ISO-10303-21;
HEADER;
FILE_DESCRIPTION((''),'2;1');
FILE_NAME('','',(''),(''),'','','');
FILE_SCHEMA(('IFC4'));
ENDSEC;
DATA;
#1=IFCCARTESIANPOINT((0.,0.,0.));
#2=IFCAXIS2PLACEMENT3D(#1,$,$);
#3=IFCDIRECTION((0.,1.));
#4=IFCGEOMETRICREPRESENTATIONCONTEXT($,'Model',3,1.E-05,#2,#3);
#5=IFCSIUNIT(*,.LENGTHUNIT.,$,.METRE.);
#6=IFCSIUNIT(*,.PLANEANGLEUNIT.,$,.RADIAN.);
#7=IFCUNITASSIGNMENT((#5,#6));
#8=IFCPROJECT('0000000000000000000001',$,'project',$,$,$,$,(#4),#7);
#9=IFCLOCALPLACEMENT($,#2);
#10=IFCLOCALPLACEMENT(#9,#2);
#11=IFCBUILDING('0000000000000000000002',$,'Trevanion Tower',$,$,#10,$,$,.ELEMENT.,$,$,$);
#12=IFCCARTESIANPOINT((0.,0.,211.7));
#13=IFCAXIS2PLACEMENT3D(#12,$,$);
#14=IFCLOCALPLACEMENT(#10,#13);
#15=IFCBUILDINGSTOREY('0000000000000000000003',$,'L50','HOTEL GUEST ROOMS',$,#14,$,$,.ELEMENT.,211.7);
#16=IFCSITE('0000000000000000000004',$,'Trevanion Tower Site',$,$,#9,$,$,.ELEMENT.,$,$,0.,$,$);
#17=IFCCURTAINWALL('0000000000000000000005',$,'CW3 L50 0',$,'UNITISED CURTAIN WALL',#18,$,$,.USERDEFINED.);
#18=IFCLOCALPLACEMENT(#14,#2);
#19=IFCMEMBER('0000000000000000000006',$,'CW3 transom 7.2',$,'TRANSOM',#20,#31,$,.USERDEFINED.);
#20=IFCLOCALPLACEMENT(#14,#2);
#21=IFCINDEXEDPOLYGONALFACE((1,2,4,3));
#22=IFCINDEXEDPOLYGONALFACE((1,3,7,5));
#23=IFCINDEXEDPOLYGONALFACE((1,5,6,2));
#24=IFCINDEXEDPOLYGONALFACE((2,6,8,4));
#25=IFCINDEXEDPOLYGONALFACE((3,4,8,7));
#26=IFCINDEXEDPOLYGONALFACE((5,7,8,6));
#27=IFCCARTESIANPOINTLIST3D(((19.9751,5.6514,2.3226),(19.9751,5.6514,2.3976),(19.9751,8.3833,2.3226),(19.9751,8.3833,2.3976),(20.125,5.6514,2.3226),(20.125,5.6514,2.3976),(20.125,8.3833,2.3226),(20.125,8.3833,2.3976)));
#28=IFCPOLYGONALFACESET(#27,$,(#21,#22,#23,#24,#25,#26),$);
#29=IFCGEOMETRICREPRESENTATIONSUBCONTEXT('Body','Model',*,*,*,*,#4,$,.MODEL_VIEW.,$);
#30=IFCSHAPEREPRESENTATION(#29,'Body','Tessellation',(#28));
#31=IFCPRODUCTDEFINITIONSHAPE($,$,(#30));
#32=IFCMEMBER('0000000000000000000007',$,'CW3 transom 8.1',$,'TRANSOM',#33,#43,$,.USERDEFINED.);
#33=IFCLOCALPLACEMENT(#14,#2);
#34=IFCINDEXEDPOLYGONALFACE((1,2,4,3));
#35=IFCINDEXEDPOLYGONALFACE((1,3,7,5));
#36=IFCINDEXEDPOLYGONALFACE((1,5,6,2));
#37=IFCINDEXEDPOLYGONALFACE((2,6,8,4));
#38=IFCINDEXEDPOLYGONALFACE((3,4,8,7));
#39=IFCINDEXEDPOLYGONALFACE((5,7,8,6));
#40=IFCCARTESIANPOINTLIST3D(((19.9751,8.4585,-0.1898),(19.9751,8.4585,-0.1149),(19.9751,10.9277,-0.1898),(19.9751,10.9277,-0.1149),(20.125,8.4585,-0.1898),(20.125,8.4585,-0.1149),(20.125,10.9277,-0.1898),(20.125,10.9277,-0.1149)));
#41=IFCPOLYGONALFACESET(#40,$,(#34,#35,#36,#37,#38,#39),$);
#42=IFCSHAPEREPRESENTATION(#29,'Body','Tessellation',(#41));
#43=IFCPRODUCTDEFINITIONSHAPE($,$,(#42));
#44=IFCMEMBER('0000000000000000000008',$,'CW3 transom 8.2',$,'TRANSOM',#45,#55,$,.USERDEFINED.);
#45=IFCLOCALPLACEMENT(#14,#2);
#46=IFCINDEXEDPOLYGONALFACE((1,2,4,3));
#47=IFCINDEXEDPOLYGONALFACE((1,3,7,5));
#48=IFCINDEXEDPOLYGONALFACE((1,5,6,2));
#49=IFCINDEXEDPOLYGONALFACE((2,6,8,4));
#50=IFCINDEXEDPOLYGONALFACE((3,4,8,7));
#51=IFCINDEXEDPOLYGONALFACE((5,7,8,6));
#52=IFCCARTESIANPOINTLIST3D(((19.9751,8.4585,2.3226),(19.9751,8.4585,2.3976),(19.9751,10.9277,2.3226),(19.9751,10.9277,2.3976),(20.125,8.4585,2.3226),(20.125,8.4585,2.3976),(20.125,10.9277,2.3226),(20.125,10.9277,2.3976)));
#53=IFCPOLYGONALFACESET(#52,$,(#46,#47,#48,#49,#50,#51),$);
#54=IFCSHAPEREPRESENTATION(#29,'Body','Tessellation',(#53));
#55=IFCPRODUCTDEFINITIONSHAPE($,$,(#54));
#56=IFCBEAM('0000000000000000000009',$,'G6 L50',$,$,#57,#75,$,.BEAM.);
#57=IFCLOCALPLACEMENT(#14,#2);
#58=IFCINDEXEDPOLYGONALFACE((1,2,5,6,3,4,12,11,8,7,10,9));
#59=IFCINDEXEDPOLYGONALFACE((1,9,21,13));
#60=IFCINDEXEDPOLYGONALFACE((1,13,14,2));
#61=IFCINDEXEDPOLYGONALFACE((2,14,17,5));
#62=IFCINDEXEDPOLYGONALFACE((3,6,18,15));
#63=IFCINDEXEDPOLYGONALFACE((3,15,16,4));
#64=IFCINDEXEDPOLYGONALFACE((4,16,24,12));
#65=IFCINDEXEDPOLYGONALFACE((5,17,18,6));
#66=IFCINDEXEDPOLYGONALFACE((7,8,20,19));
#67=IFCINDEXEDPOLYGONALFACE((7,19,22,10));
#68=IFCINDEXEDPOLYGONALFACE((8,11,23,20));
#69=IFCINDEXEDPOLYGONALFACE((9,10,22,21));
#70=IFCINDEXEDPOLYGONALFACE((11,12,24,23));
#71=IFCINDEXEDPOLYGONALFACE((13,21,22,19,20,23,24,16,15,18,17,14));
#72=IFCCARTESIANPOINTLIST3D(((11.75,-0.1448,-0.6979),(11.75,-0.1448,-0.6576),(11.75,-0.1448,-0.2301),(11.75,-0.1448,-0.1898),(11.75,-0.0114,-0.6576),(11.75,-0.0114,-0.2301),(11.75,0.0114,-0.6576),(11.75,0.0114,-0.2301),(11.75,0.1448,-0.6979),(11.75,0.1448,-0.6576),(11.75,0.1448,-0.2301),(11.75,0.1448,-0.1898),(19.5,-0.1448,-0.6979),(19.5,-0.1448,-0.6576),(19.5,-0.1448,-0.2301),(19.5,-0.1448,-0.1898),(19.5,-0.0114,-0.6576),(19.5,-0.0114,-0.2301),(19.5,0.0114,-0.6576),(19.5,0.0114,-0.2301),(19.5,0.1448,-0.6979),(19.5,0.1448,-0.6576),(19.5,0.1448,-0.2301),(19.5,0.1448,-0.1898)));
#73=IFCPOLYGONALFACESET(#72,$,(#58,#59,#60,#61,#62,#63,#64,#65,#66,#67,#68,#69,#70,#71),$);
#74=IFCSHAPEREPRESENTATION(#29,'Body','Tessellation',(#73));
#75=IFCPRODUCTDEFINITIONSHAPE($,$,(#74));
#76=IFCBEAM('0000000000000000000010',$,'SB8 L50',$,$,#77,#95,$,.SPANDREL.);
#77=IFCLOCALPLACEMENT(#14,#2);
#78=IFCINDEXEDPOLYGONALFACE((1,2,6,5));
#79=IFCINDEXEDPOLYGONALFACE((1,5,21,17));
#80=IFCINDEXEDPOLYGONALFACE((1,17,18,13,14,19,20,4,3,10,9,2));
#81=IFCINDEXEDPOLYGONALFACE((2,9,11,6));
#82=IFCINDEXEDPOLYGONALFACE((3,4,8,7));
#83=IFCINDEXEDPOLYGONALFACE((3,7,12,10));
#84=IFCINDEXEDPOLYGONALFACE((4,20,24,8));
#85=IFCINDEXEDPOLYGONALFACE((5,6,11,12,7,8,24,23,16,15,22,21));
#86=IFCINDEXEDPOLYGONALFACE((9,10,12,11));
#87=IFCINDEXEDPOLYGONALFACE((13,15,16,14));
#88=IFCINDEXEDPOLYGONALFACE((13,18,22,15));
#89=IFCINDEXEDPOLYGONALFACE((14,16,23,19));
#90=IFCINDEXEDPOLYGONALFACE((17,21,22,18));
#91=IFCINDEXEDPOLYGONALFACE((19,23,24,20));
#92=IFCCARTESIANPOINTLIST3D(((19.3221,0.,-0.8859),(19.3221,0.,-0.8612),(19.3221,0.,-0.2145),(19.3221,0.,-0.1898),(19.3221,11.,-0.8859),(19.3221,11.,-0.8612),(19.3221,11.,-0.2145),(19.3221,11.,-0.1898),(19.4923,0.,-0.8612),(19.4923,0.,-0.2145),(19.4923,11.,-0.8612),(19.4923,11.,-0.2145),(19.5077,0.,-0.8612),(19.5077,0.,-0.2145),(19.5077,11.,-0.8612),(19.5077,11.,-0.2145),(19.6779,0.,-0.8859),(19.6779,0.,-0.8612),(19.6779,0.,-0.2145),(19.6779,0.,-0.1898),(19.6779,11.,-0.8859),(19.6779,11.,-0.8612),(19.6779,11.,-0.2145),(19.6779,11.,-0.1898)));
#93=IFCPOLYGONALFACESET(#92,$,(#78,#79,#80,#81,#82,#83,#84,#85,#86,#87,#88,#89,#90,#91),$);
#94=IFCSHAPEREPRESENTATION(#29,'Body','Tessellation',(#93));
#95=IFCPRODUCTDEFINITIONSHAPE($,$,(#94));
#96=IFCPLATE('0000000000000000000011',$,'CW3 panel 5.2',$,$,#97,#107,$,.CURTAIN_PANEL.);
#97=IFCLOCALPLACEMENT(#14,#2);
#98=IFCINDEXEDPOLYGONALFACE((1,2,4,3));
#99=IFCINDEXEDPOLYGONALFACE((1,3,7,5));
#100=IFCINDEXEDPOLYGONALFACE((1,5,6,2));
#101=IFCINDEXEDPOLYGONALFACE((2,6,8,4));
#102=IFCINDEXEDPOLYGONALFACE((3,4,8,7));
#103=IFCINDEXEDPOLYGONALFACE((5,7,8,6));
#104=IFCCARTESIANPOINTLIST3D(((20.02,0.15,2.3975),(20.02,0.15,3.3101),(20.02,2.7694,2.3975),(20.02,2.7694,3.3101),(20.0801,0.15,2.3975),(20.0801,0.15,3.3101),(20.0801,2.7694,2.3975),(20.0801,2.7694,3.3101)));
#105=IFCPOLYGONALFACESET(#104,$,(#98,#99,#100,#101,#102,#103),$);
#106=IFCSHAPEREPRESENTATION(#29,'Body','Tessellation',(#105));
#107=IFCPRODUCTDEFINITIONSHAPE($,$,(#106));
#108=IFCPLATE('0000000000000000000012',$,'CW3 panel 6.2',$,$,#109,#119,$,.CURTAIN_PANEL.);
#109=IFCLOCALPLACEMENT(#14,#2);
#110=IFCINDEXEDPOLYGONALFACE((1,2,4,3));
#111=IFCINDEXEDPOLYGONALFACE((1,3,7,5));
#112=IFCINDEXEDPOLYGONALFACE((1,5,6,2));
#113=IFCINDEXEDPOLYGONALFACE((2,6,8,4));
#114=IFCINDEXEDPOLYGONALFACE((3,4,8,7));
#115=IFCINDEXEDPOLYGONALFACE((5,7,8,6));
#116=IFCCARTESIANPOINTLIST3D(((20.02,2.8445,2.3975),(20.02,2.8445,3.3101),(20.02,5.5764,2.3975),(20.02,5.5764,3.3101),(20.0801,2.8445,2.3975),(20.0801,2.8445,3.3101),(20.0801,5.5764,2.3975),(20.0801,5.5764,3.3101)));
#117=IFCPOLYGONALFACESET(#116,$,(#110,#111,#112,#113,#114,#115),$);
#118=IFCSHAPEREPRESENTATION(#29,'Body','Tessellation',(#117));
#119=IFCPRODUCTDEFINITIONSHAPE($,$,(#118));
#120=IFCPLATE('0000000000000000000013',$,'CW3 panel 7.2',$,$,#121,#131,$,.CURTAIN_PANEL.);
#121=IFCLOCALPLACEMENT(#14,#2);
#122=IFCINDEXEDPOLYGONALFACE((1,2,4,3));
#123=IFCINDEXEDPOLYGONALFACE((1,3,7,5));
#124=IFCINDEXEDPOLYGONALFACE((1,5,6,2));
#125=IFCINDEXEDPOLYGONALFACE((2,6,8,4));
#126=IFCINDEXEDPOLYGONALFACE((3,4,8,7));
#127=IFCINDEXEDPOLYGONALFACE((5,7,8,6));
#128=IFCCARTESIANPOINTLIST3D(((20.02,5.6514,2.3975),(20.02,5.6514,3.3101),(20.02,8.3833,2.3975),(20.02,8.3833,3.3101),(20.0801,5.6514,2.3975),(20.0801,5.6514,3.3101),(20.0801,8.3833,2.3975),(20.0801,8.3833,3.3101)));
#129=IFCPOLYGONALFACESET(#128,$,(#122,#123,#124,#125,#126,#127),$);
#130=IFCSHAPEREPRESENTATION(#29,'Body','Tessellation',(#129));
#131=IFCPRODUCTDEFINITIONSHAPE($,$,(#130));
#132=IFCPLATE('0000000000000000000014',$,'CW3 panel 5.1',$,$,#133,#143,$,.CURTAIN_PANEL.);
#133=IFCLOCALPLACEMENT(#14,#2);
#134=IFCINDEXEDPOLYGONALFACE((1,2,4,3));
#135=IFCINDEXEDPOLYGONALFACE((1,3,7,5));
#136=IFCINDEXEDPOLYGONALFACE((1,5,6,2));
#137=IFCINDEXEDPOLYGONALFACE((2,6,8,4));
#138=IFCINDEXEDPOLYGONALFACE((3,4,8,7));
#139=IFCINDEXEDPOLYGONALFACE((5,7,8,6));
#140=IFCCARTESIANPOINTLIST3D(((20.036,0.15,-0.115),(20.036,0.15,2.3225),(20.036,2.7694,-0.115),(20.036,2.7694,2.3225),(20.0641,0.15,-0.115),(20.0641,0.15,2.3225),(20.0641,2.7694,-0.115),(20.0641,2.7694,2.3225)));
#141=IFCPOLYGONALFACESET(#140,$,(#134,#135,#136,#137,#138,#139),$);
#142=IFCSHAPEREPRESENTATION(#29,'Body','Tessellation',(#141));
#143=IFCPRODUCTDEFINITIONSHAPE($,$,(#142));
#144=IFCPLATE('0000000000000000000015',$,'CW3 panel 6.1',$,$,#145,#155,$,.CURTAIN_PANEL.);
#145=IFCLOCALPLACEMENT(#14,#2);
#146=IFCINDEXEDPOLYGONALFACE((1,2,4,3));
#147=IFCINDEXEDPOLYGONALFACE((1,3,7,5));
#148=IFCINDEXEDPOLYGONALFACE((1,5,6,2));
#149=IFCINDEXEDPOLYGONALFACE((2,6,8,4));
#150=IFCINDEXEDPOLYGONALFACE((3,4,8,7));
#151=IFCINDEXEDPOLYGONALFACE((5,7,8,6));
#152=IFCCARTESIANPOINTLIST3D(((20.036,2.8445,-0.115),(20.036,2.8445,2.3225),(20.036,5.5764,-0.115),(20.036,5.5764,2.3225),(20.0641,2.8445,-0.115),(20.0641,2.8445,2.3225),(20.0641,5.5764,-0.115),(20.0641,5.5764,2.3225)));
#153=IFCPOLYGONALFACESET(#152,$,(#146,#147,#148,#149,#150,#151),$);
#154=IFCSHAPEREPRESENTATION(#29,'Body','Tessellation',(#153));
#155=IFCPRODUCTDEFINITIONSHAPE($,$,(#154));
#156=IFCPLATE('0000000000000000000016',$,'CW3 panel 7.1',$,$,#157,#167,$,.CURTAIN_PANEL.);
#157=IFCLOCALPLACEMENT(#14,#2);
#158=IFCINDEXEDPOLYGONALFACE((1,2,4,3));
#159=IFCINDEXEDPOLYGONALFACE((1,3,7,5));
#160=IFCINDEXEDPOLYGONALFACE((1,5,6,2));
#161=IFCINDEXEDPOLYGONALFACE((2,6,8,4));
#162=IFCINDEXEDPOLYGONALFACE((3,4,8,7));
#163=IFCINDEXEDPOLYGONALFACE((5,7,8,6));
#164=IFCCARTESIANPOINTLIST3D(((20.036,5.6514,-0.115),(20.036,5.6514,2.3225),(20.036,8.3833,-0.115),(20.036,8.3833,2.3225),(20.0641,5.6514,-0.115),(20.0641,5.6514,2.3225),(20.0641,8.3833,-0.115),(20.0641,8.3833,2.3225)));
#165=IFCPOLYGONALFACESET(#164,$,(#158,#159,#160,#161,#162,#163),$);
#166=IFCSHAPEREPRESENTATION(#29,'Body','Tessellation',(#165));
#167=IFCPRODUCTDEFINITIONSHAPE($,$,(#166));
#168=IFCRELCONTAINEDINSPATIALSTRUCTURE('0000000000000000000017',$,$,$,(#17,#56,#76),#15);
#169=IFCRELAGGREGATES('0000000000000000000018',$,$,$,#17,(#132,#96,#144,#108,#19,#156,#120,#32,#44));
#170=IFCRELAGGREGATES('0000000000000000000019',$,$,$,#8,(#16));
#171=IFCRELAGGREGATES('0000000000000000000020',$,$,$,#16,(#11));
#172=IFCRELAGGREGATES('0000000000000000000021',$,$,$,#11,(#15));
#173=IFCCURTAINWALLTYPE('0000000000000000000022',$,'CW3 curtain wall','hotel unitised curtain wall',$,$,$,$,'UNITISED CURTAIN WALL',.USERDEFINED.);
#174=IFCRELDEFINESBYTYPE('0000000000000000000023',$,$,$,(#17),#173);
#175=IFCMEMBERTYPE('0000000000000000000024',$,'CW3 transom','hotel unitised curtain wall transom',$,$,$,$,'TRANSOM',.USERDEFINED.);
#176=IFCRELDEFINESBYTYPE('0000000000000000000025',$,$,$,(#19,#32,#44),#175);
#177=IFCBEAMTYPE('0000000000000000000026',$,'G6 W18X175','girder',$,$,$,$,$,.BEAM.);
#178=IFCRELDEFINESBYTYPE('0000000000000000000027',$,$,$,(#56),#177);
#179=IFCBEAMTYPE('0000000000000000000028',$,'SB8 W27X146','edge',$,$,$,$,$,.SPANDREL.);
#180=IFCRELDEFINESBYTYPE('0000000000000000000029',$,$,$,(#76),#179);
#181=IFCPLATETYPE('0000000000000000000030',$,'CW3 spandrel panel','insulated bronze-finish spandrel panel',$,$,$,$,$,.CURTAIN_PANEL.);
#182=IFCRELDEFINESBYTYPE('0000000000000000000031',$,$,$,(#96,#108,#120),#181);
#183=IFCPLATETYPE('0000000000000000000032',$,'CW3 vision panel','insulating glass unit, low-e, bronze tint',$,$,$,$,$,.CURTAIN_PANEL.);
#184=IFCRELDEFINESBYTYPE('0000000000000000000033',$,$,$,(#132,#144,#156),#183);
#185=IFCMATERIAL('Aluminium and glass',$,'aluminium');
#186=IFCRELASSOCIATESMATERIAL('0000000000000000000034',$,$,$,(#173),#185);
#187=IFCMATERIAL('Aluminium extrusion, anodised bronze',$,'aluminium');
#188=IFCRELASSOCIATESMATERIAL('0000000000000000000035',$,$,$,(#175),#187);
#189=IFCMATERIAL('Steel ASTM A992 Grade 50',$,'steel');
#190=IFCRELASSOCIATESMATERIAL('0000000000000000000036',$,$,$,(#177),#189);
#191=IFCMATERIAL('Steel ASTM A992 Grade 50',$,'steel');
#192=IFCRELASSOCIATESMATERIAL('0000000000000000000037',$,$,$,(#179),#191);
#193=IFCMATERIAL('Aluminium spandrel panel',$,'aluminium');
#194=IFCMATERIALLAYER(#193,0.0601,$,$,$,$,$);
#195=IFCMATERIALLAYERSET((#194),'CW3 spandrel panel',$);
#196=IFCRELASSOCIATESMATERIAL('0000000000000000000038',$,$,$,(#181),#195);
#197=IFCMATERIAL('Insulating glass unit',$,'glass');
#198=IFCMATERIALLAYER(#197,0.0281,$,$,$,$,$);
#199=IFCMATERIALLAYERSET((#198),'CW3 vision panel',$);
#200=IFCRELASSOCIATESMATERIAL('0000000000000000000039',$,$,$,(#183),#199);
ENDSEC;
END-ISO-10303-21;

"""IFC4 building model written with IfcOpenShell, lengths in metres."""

from ifc_helpers import new_model, si_unit, direction, frame, origin, origin_2d, place, context, subcontext, project, spatial, rectangle, i_section, extrude, material, layer, layer_set, material_profile, profile_set, type_object, element, aggregate, save


model = new_model("IFC4")

# Units and contexts
model_context = context("Model", 3, precision=1e-05, world=origin(), true_north=direction((0.0, 1.0)))
body_context = subcontext(model_context, "Body", "Model", "MODEL_VIEW")
ifc_project = project(units=[si_unit("LENGTHUNIT", "METRE"), si_unit("PLANEANGLEUNIT", "RADIAN")], contexts=[model_context])

# Site, building, storey
site_placement = place(None, origin())
site = spatial("IfcSite", under=ifc_project, at=site_placement, Name="Trevanion Tower Site", CompositionType="ELEMENT", RefElevation=0.0)
building_placement = place(site_placement, origin())
building = spatial("IfcBuilding", under=site, at=building_placement, Name="Trevanion Tower", CompositionType="ELEMENT")
storey_placement = place(building_placement, frame((0.0, 0.0, 211.7)))
storey = spatial("IfcBuildingStorey", under=building, at=storey_placement, Name="L50", Description="HOTEL GUEST ROOMS", CompositionType="ELEMENT", Elevation=211.7)

# Curtain wall, members
ifc_material_1 = material(Name="Aluminium and glass", Category="aluminium")
curtain_wall_type = type_object("IfcCurtainWallType", Name="CW3 curtain wall", Description="hotel unitised curtain wall", ElementType="UNITISED CURTAIN WALL", PredefinedType="USERDEFINED", material=ifc_material_1)
curtain_wall_placement = place(storey_placement, origin())
curtain_wall = element("IfcCurtainWall", 1, at=curtain_wall_placement, inside=storey, type_object=curtain_wall_type, Name="CW3 L50 0", ObjectType="UNITISED CURTAIN WALL", PredefinedType="USERDEFINED")
ifc_material_2 = material(Name="Aluminium extrusion, anodised bronze", Category="aluminium")
ifc_material_profile_1 = material_profile(ifc_material_2, rectangle(XDim=0.1499, YDim=0.075, at=origin_2d()), Name="CW3 transom")
ifc_profile_set_1 = profile_set([ifc_material_profile_1], Name="Aluminium extrusion, anodised bronze")
member_type_1 = type_object("IfcMemberType", Name="CW3 transom", Description="hotel unitised curtain wall transom", ElementType="TRANSOM", PredefinedType="USERDEFINED", material=ifc_profile_set_1)
member_1_placement = place(storey_placement, frame((20.05, 5.6514, 2.3601), z_axis=(0.0, 1.0, 0.0), x_axis=(-1.0, 0.0, 0.0)))
member_1 = element("IfcMember", 2, at=member_1_placement, type_object=member_type_1, Name="CW3 transom 7.2", ObjectType="TRANSOM", PredefinedType="USERDEFINED", context=body_context, shape_type="SweptSolid", body=[
    extrude(rectangle(XDim=0.1499, YDim=0.075, at=origin_2d()), origin(), (0.0, 0.0, 1.0), 2.7319),
])
member_2_placement = place(storey_placement, frame((20.05, 8.4585, -0.1523), z_axis=(0.0, 1.0, 0.0), x_axis=(-1.0, 0.0, 0.0)))
member_2 = element("IfcMember", 3, at=member_2_placement, type_object=member_type_1, Name="CW3 transom 8.1", ObjectType="TRANSOM", PredefinedType="USERDEFINED", context=body_context, shape_type="SweptSolid", body=[
    extrude(rectangle(XDim=0.1499, YDim=0.075, at=origin_2d()), origin(), (0.0, 0.0, 1.0), 2.4692),
])
member_3_placement = place(storey_placement, frame((20.05, 8.4585, 2.3601), z_axis=(0.0, 1.0, 0.0), x_axis=(-1.0, 0.0, 0.0)))
member_3 = element("IfcMember", 4, at=member_3_placement, type_object=member_type_1, Name="CW3 transom 8.2", ObjectType="TRANSOM", PredefinedType="USERDEFINED", context=body_context, shape_type="SweptSolid", body=[
    extrude(rectangle(XDim=0.1499, YDim=0.075, at=origin_2d()), origin(), (0.0, 0.0, 1.0), 2.4692),
])

# Beams
ifc_material_3 = material(Name="Steel ASTM A992 Grade 50", Category="steel")
ifc_material_profile_2 = material_profile(ifc_material_3, i_section(OverallWidth=0.2896, OverallDepth=0.5081, WebThickness=0.0227, FlangeThickness=0.0403, at=origin_2d()), Name="W18X175")
ifc_profile_set_2 = profile_set([ifc_material_profile_2], Name="Steel ASTM A992 Grade 50")
beam_type_1 = type_object("IfcBeamType", Name="G6 W18X175", Description="girder", PredefinedType="BEAM", material=ifc_profile_set_2)
beam_1_placement = place(storey_placement, frame((11.75, 0.0, -0.4438), z_axis=(1.0, 0.0, 0.0), x_axis=(0.0, 1.0, 0.0)))
element("IfcBeam", 5, at=beam_1_placement, inside=storey, type_object=beam_type_1, Name="G6 L50", PredefinedType="BEAM", context=body_context, shape_type="SweptSolid", body=[
    extrude(i_section(OverallWidth=0.2896, OverallDepth=0.5081, WebThickness=0.0227, FlangeThickness=0.0403, at=origin_2d()), origin(), (0.0, 0.0, 1.0), 7.75),
])
ifc_material_4 = material(Name="Steel ASTM A992 Grade 50", Category="steel")
ifc_material_profile_3 = material_profile(ifc_material_4, i_section(OverallWidth=0.3557, OverallDepth=0.696, WebThickness=0.0154, FlangeThickness=0.0247, at=origin_2d()), Name="W27X146")
ifc_profile_set_3 = profile_set([ifc_material_profile_3], Name="Steel ASTM A992 Grade 50")
beam_type_2 = type_object("IfcBeamType", Name="SB8 W27X146", Description="edge", PredefinedType="SPANDREL", material=ifc_profile_set_3)
beam_2_placement = place(storey_placement, frame((19.5, 0.0, -0.5378), z_axis=(0.0, 1.0, 0.0), x_axis=(-1.0, 0.0, 0.0)))
element("IfcBeam", 6, at=beam_2_placement, inside=storey, type_object=beam_type_2, Name="SB8 L50", PredefinedType="SPANDREL", context=body_context, shape_type="SweptSolid", body=[
    extrude(i_section(OverallWidth=0.3557, OverallDepth=0.696, WebThickness=0.0154, FlangeThickness=0.0247, at=origin_2d()), origin(), (0.0, 0.0, 1.0), 11.0),
])

# Plates
ifc_material_5 = material(Name="Aluminium spandrel panel", Category="aluminium")
ifc_layer_1 = layer(ifc_material_5, 0.0601)
ifc_layer_set_1 = layer_set([ifc_layer_1], Name="CW3 spandrel panel")
plate_type_1 = type_object("IfcPlateType", Name="CW3 spandrel panel", Description="insulated bronze-finish spandrel panel", PredefinedType="CURTAIN_PANEL", material=ifc_layer_set_1)
plate_1_placement = place(storey_placement, frame((20.05, 1.4597, 2.3975), z_axis=(0.0, 0.0, 1.0), x_axis=(0.0, 1.0, 0.0)))
plate_1 = element("IfcPlate", 7, at=plate_1_placement, type_object=plate_type_1, Name="CW3 panel 5.2", PredefinedType="CURTAIN_PANEL", context=body_context, shape_type="SweptSolid", body=[
    extrude(rectangle(XDim=2.6194, YDim=0.0601, at=origin_2d()), origin(), (0.0, 0.0, 1.0), 0.9126),
])
plate_2_placement = place(storey_placement, frame((20.05, 4.2104, 2.3975), z_axis=(0.0, 0.0, 1.0), x_axis=(0.0, 1.0, 0.0)))
plate_2 = element("IfcPlate", 8, at=plate_2_placement, type_object=plate_type_1, Name="CW3 panel 6.2", PredefinedType="CURTAIN_PANEL", context=body_context, shape_type="SweptSolid", body=[
    extrude(rectangle(XDim=2.7319, YDim=0.0601, at=origin_2d()), origin(), (0.0, 0.0, 1.0), 0.9126),
])
plate_3_placement = place(storey_placement, frame((20.05, 7.0173, 2.3975), z_axis=(0.0, 0.0, 1.0), x_axis=(0.0, 1.0, 0.0)))
plate_3 = element("IfcPlate", 9, at=plate_3_placement, type_object=plate_type_1, Name="CW3 panel 7.2", PredefinedType="CURTAIN_PANEL", context=body_context, shape_type="SweptSolid", body=[
    extrude(rectangle(XDim=2.7319, YDim=0.0601, at=origin_2d()), origin(), (0.0, 0.0, 1.0), 0.9126),
])
ifc_material_6 = material(Name="Insulating glass unit", Category="glass")
ifc_layer_2 = layer(ifc_material_6, 0.0281)
ifc_layer_set_2 = layer_set([ifc_layer_2], Name="CW3 vision panel")
plate_type_2 = type_object("IfcPlateType", Name="CW3 vision panel", Description="insulating glass unit, low-e, bronze tint", PredefinedType="CURTAIN_PANEL", material=ifc_layer_set_2)
plate_4_placement = place(storey_placement, frame((20.05, 1.4597, -0.115), z_axis=(0.0, 0.0, 1.0), x_axis=(0.0, 1.0, 0.0)))
plate_4 = element("IfcPlate", 10, at=plate_4_placement, type_object=plate_type_2, Name="CW3 panel 5.1", PredefinedType="CURTAIN_PANEL", context=body_context, shape_type="SweptSolid", body=[
    extrude(rectangle(XDim=2.6194, YDim=0.0281, at=origin_2d()), origin(), (0.0, 0.0, 1.0), 2.4375),
])
plate_5_placement = place(storey_placement, frame((20.05, 4.2104, -0.115), z_axis=(0.0, 0.0, 1.0), x_axis=(0.0, 1.0, 0.0)))
plate_5 = element("IfcPlate", 11, at=plate_5_placement, type_object=plate_type_2, Name="CW3 panel 6.1", PredefinedType="CURTAIN_PANEL", context=body_context, shape_type="SweptSolid", body=[
    extrude(rectangle(XDim=2.7319, YDim=0.0281, at=origin_2d()), origin(), (0.0, 0.0, 1.0), 2.4375),
])
plate_6_placement = place(storey_placement, frame((20.05, 7.0173, -0.115), z_axis=(0.0, 0.0, 1.0), x_axis=(0.0, 1.0, 0.0)))
plate_6 = element("IfcPlate", 12, at=plate_6_placement, type_object=plate_type_2, Name="CW3 panel 7.1", PredefinedType="CURTAIN_PANEL", context=body_context, shape_type="SweptSolid", body=[
    extrude(rectangle(XDim=2.7319, YDim=0.0281, at=origin_2d()), origin(), (0.0, 0.0, 1.0), 2.4375),
])
aggregate(curtain_wall, [plate_4, plate_1, plate_5, plate_2, member_1, plate_6, plate_3, member_2, member_3])

save(model, "model.ifc")
